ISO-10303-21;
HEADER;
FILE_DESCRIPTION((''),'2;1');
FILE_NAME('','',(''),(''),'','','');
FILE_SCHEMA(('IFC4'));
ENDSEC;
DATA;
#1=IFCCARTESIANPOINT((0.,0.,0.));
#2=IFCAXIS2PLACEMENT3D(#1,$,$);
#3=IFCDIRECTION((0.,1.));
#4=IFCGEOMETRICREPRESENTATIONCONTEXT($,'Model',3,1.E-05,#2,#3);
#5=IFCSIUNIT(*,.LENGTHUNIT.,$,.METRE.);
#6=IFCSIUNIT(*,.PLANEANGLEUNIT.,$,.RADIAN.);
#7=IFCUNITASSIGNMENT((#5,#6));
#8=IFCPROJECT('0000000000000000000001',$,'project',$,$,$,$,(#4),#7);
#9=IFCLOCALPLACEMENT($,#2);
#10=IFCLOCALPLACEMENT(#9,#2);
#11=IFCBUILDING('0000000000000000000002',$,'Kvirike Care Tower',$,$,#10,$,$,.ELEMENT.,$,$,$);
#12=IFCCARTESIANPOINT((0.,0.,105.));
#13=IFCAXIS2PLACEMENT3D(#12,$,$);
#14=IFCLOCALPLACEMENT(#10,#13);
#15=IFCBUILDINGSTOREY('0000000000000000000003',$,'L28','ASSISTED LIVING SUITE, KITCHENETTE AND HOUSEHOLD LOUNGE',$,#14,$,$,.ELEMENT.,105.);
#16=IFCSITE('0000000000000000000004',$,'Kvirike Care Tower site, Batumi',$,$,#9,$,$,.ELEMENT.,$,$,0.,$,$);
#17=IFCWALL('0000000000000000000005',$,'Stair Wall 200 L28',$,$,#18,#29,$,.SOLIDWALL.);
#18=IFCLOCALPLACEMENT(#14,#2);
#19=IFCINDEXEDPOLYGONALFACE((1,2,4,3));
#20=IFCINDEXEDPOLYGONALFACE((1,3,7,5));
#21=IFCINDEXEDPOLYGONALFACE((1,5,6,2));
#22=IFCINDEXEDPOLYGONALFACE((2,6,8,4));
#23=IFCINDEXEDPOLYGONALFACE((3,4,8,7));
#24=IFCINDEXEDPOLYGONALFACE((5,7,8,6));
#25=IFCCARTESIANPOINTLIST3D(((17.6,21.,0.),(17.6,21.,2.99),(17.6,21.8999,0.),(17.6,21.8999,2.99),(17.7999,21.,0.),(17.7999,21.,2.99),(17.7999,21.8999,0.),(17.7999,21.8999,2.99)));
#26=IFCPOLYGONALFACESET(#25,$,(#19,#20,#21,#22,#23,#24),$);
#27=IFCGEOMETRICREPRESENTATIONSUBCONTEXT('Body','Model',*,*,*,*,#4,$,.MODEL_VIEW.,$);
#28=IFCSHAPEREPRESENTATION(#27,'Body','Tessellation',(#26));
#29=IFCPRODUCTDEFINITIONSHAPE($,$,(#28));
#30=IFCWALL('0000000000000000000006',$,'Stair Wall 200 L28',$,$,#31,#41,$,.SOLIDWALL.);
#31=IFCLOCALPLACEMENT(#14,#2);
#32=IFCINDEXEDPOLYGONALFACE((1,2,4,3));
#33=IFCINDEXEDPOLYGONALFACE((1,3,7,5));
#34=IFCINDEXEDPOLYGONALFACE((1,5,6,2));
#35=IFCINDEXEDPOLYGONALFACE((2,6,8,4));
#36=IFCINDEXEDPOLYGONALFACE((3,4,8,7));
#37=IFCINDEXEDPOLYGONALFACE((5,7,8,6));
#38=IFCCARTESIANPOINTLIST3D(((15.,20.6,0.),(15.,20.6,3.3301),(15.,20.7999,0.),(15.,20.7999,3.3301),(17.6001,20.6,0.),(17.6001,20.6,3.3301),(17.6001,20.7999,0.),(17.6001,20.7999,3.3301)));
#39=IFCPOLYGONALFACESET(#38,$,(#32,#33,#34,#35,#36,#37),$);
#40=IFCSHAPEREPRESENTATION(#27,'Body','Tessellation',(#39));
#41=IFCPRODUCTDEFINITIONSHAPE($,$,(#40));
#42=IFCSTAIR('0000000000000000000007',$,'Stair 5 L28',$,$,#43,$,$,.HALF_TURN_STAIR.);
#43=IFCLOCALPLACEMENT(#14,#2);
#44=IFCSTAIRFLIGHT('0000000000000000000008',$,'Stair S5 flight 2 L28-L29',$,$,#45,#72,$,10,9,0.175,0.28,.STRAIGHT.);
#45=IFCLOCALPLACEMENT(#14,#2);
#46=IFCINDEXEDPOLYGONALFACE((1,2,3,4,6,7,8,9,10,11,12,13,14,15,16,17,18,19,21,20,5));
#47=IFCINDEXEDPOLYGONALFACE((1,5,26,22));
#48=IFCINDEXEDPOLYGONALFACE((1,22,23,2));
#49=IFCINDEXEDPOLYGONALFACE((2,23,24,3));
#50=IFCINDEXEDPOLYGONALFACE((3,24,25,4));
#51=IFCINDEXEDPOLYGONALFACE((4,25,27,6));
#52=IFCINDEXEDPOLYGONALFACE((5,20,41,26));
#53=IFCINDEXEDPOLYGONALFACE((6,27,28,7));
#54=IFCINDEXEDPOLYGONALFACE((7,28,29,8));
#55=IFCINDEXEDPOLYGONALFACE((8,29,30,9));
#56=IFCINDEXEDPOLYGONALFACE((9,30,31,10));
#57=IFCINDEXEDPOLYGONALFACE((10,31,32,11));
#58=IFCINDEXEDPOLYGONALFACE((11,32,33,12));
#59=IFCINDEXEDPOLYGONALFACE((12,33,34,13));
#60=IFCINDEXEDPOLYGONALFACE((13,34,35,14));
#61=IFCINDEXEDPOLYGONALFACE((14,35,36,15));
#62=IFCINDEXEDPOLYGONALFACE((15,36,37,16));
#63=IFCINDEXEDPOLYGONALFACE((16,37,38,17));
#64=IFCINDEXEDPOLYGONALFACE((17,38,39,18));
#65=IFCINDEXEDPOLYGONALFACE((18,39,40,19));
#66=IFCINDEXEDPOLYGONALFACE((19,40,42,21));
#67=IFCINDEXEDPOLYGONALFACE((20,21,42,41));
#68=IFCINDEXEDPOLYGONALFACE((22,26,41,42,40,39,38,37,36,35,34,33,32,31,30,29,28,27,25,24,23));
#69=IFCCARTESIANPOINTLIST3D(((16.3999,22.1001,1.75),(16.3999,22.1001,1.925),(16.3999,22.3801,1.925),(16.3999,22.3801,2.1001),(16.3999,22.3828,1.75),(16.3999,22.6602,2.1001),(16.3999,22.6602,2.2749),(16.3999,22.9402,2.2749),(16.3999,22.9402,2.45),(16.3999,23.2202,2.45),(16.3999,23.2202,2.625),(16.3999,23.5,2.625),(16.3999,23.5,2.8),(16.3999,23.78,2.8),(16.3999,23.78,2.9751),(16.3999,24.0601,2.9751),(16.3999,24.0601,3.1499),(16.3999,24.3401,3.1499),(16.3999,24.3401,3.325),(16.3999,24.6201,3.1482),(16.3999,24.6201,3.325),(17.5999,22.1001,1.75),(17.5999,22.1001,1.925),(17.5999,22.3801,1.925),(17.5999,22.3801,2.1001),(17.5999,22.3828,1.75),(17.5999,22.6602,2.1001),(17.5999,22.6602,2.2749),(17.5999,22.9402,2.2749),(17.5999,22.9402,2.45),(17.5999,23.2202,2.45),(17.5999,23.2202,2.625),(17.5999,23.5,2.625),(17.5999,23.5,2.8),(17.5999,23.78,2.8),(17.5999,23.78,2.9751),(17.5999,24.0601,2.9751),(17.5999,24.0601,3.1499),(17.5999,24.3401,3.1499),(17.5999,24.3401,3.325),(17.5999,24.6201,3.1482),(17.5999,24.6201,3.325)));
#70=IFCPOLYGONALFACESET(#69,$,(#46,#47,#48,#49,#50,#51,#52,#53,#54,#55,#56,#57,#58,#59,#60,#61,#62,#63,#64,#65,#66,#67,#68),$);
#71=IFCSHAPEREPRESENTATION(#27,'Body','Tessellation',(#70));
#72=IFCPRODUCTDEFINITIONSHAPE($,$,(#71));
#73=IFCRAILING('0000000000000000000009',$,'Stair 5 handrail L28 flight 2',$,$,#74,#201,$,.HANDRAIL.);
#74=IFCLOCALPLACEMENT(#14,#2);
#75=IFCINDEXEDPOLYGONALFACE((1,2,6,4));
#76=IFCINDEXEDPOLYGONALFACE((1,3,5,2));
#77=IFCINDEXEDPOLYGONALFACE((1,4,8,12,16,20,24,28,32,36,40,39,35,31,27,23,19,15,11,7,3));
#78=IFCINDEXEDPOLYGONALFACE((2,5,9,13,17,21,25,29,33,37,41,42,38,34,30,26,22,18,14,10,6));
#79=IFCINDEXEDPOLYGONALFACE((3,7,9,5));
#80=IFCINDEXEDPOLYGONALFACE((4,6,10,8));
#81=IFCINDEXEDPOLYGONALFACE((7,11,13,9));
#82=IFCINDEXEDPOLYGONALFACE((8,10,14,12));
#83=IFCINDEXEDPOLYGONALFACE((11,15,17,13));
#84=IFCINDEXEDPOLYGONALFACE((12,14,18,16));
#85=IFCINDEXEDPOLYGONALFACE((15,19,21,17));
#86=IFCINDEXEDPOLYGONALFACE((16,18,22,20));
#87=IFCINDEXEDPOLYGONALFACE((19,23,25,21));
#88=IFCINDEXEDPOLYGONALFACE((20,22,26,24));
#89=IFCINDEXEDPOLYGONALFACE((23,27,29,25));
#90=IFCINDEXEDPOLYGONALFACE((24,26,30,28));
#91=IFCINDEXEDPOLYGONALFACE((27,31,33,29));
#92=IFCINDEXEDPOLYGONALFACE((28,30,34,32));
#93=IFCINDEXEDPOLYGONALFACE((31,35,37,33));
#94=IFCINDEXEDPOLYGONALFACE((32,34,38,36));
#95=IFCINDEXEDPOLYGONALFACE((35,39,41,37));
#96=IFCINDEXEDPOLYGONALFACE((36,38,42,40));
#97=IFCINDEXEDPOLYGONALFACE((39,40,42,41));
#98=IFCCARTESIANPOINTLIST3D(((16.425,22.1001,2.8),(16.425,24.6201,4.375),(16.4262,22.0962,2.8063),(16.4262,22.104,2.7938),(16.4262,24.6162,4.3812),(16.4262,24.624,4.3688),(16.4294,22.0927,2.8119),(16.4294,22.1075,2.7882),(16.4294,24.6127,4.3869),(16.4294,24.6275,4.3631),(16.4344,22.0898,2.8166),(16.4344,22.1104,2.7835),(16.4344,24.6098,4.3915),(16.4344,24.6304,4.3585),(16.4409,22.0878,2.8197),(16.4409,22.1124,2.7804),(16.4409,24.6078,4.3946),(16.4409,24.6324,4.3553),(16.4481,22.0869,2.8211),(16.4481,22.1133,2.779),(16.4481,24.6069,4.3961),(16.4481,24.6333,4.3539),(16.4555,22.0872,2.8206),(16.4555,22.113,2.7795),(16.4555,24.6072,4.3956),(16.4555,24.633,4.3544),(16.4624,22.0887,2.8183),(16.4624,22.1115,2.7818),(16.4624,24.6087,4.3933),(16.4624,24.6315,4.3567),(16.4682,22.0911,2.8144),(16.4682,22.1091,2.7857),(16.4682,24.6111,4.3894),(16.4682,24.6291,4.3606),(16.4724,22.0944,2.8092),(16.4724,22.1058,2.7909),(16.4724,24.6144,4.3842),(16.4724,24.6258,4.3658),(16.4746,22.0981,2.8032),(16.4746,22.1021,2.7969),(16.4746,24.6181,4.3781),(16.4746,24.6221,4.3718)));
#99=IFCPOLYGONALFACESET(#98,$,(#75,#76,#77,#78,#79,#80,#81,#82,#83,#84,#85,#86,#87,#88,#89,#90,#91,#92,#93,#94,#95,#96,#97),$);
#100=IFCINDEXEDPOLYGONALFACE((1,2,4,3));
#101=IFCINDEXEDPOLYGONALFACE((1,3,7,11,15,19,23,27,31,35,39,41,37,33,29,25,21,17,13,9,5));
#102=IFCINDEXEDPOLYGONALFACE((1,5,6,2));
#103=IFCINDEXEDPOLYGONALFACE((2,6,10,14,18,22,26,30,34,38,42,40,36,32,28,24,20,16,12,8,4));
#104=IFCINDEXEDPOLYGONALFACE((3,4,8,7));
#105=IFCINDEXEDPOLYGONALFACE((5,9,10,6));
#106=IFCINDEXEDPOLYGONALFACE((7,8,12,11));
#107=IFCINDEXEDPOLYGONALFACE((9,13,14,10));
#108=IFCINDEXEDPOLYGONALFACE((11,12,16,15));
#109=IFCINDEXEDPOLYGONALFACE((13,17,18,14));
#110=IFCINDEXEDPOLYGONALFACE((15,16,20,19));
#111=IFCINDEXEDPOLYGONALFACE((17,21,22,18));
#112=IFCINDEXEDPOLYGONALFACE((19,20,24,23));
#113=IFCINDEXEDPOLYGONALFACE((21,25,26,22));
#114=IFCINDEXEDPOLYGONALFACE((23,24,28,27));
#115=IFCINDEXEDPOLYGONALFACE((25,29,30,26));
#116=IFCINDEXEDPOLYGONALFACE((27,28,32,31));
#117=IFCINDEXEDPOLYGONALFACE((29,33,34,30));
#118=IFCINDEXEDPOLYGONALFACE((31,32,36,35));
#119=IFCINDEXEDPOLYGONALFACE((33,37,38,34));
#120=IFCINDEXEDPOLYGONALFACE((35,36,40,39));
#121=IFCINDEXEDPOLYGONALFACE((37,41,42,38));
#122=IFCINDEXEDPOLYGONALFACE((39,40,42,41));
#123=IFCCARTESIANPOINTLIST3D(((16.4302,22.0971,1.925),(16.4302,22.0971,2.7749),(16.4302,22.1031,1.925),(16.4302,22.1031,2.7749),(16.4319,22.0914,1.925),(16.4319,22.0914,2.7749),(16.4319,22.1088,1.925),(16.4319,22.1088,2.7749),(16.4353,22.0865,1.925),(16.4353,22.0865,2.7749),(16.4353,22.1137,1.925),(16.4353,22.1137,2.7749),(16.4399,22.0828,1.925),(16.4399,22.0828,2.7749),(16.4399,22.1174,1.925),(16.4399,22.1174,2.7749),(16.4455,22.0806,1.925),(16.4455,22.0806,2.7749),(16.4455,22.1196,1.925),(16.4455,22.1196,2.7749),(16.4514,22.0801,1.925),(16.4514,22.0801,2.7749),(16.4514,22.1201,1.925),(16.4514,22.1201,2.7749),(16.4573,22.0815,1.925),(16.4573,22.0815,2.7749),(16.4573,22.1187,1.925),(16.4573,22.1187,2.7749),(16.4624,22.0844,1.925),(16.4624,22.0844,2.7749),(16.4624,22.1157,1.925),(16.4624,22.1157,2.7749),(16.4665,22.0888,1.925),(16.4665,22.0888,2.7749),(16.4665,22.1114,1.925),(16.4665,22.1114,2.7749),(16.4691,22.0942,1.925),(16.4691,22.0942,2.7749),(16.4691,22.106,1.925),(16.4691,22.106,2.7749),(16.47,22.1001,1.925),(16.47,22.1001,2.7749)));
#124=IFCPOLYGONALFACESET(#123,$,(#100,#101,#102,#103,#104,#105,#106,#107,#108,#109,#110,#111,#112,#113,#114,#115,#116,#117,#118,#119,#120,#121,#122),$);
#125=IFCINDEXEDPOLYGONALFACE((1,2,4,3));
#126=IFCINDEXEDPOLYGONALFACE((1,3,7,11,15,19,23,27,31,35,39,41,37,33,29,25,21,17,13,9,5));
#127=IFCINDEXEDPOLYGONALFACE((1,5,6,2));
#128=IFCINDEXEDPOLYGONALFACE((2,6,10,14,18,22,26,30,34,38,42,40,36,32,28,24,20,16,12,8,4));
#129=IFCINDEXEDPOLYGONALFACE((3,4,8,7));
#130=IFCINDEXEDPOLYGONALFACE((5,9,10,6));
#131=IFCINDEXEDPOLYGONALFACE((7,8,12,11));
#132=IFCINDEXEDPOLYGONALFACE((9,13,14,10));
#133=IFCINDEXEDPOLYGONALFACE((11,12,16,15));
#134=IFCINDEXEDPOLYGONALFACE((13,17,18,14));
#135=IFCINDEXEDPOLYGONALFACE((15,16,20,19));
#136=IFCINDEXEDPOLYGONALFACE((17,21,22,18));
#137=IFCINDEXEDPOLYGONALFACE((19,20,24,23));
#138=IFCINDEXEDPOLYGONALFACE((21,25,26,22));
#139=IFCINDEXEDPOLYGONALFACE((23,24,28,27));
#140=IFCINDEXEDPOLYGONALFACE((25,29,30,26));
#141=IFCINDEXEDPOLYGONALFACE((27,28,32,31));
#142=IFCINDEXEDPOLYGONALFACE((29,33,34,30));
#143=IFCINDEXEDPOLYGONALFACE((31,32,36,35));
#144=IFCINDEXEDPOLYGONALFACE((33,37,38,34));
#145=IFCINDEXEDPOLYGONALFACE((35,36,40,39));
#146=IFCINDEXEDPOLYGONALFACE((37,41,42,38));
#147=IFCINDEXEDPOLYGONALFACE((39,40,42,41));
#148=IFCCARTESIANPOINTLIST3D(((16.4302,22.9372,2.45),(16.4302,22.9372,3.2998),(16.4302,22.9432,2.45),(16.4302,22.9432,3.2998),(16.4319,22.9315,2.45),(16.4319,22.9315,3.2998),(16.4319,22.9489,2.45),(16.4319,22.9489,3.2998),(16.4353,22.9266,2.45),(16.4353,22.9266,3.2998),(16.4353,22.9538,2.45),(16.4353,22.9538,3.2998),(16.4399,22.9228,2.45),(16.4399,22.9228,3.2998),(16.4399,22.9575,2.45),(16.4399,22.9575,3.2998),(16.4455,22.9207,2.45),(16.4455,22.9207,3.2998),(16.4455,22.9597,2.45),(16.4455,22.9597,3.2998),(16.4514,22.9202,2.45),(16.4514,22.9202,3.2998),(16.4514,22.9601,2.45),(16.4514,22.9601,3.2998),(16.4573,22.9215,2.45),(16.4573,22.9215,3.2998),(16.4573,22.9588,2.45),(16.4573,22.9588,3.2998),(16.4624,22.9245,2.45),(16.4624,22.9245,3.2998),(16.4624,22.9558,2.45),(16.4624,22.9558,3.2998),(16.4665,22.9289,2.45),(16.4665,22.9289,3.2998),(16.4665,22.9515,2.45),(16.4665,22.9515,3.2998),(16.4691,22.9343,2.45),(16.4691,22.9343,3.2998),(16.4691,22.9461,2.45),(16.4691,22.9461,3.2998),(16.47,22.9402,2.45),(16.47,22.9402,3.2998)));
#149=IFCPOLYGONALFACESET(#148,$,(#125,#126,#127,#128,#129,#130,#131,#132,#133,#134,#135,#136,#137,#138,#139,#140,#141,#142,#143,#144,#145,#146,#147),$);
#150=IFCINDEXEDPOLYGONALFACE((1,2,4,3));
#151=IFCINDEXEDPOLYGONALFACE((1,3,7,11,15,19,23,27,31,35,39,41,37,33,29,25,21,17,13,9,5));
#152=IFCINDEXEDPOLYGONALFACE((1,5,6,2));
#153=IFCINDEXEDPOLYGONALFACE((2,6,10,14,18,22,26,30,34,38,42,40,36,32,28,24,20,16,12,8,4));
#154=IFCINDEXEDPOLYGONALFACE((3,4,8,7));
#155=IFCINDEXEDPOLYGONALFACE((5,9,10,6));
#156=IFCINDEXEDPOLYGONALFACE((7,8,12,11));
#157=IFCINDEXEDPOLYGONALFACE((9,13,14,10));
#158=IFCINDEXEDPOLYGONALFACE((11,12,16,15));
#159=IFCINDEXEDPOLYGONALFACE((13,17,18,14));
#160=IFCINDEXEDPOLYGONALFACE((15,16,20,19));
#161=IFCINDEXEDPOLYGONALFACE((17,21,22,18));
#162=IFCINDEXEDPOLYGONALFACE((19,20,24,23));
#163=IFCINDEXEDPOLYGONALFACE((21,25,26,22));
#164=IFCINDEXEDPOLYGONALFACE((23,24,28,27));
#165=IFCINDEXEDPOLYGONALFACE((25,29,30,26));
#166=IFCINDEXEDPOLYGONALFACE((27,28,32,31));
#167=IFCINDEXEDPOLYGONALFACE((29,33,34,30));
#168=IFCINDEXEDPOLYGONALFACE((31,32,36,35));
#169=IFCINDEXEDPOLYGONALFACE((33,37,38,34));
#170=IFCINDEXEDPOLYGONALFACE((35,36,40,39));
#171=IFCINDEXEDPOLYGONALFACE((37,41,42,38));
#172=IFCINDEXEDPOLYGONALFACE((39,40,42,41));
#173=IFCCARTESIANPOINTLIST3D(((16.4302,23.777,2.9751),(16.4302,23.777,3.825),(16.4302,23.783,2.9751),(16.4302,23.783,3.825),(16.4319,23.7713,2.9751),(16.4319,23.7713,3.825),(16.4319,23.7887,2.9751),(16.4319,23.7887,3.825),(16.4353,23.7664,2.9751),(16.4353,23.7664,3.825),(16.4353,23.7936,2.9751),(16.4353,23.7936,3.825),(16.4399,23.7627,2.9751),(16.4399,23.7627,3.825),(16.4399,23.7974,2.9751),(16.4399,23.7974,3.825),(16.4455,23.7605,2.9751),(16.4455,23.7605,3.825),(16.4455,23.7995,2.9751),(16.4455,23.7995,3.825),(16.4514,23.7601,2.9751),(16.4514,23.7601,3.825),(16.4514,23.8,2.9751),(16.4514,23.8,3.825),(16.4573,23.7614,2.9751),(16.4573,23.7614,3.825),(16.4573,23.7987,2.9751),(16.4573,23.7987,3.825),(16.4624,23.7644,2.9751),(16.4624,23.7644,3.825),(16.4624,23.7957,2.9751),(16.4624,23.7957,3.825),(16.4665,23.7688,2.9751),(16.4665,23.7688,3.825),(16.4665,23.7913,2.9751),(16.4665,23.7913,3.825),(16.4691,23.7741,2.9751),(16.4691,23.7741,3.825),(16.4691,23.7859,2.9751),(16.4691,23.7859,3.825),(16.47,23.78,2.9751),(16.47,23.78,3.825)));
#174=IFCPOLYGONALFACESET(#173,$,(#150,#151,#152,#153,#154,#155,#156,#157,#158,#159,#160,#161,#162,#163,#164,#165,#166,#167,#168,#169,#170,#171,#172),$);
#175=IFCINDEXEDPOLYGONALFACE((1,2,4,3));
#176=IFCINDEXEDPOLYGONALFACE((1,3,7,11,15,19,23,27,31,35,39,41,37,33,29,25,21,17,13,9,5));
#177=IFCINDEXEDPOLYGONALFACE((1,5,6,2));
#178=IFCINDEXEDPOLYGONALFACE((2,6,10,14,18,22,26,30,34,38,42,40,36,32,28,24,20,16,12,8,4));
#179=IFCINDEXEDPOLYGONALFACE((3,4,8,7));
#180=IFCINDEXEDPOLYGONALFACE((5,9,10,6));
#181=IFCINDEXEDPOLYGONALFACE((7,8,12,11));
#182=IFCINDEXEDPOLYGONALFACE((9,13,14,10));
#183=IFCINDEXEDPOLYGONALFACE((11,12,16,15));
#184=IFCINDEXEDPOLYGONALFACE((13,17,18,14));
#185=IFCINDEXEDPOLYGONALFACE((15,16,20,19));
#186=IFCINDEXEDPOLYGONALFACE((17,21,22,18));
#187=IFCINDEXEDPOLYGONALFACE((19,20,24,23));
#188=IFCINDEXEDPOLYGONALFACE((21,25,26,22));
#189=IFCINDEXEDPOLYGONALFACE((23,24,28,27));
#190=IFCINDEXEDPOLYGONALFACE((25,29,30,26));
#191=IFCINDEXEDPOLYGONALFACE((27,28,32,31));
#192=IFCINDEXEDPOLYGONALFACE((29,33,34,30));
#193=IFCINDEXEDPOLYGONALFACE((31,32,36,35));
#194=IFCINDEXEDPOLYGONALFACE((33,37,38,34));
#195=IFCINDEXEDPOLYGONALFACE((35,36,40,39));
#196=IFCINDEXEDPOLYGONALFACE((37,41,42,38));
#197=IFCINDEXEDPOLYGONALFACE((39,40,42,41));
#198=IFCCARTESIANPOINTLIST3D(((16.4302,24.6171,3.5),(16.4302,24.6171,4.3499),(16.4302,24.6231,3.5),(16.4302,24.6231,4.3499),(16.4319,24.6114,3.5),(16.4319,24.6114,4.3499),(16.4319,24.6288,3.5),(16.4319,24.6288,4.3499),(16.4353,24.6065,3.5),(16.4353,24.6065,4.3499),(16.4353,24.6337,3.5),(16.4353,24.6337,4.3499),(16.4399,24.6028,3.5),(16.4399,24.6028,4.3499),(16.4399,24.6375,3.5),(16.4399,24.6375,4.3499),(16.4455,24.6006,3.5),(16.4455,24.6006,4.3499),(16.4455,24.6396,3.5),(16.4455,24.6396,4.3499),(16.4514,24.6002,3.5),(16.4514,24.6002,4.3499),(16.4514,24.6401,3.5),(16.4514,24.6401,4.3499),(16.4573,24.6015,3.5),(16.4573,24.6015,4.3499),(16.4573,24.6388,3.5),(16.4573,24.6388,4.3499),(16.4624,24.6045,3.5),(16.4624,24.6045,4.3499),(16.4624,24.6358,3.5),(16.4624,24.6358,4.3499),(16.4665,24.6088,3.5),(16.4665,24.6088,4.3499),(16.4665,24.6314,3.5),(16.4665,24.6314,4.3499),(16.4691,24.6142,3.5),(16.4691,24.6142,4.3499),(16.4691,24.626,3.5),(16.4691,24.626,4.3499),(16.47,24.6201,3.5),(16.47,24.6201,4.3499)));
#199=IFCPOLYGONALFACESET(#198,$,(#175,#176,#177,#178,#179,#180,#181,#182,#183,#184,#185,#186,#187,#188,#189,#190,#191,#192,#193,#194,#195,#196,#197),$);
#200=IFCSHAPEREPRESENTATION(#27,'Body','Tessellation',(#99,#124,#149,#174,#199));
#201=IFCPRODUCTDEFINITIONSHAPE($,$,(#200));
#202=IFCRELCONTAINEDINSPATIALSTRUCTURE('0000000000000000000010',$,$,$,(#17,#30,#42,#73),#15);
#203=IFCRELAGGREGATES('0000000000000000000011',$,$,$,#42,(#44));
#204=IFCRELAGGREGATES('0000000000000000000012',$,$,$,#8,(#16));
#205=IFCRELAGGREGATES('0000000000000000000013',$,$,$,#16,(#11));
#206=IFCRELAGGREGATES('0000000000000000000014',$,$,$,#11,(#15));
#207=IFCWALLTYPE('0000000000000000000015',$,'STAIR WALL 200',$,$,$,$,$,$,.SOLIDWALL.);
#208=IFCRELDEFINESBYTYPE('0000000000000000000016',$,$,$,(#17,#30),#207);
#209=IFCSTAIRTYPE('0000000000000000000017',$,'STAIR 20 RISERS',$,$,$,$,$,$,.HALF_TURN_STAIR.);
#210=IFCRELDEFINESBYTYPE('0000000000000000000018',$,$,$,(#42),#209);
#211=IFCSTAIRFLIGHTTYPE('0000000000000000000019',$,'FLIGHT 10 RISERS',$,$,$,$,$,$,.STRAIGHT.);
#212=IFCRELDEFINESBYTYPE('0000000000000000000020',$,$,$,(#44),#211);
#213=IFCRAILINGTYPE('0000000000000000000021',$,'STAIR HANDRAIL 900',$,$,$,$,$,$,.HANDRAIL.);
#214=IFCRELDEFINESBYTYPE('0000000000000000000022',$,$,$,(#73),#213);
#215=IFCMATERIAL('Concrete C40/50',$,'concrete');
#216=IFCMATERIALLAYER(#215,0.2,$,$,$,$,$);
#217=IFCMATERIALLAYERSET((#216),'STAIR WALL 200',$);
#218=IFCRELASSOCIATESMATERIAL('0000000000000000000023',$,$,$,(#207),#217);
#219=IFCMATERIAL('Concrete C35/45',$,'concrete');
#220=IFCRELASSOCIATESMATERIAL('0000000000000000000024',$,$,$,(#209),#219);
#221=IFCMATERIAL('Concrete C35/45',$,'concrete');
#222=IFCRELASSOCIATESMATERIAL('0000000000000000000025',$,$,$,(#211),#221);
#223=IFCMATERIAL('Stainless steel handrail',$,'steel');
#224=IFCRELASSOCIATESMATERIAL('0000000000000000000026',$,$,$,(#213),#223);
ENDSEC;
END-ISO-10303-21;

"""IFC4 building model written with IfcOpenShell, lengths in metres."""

from ifc_helpers import new_model, si_unit, direction, frame, frame_2d, origin, origin_2d, place, context, subcontext, project, spatial, polyline, rectangle, circle, outline, extrude, material, layer, layer_set, type_object, element, aggregate, save


model = new_model("IFC4")

# Units and contexts
model_context = context("Model", 3, precision=1e-05, world=origin(), true_north=direction((0.0, 1.0)))
body_context = subcontext(model_context, "Body", "Model", "MODEL_VIEW")
ifc_project = project(units=[si_unit("LENGTHUNIT", "METRE"), si_unit("PLANEANGLEUNIT", "RADIAN")], contexts=[model_context])

# Site, building, storey
site_placement = place(None, origin())
site = spatial("IfcSite", under=ifc_project, at=site_placement, Name="Kvirike Care Tower site, Batumi", CompositionType="ELEMENT", RefElevation=0.0)
building_placement = place(site_placement, origin())
building = spatial("IfcBuilding", under=site, at=building_placement, Name="Kvirike Care Tower", CompositionType="ELEMENT")
storey_placement = place(building_placement, frame((0.0, 0.0, 105.0)))
storey = spatial("IfcBuildingStorey", under=building, at=storey_placement, Name="L28", Description="ASSISTED LIVING SUITE, KITCHENETTE AND HOUSEHOLD LOUNGE", CompositionType="ELEMENT", Elevation=105.0)

# Walls
ifc_material_1 = material(Name="Concrete C40/50", Category="concrete")
ifc_layer_1 = layer(ifc_material_1, 0.2)
ifc_layer_set_1 = layer_set([ifc_layer_1], Name="STAIR WALL 200")
wall_type_1 = type_object("IfcWallType", Name="STAIR WALL 200", PredefinedType="SOLIDWALL", material=ifc_layer_set_1)
wall_1_placement = place(storey_placement, frame((17.7, 21.0, 0.0), z_axis=(0.0, 0.0, 1.0), x_axis=(0.0, 1.0, 0.0)))
element("IfcWall", 1, at=wall_1_placement, inside=storey, type_object=wall_type_1, Name="Stair Wall 200 L28", PredefinedType="SOLIDWALL", context=body_context, shape_type="SweptSolid", body=[
    extrude(rectangle(XDim=0.8999, YDim=0.2, at=frame_2d((0.45, 0.0))), origin(), (0.0, 0.0, 1.0), 2.99),
])
wall_2_placement = place(storey_placement, frame((15.0, 20.7, 0.0), z_axis=(0.0, 0.0, 1.0), x_axis=(1.0, 0.0, 0.0)))
element("IfcWall", 2, at=wall_2_placement, inside=storey, type_object=wall_type_1, Name="Stair Wall 200 L28", PredefinedType="SOLIDWALL", context=body_context, shape_type="SweptSolid", body=[
    extrude(rectangle(XDim=2.6001, YDim=0.2, at=frame_2d((1.3, 0.0))), origin(), (0.0, 0.0, 1.0), 3.3301),
])

# Stair, stair flight
ifc_material_2 = material(Name="Concrete C35/45", Category="concrete")
stair_type = type_object("IfcStairType", Name="STAIR 20 RISERS", PredefinedType="HALF_TURN_STAIR", material=ifc_material_2)
stair_placement = place(storey_placement, origin())
stair = element("IfcStair", 3, at=stair_placement, inside=storey, type_object=stair_type, Name="Stair 5 L28", PredefinedType="HALF_TURN_STAIR")
ifc_material_3 = material(Name="Concrete C35/45", Category="concrete")
stair_flight_type = type_object("IfcStairFlightType", Name="FLIGHT 10 RISERS", PredefinedType="STRAIGHT", material=ifc_material_3)
stair_flight_placement = place(storey_placement, frame((17.0, 22.1001, 1.75), z_axis=(0.0, 0.0, 1.0), x_axis=(0.0, 1.0, 0.0)))
stair_flight = element("IfcStairFlight", 4, at=stair_flight_placement, type_object=stair_flight_type, Name="Stair S5 flight 2 L28-L29", NumberOfRisers=10, NumberOfTreads=9, PredefinedType="STRAIGHT", RiserHeight=0.175, TreadLength=0.28, context=body_context, shape_type="SweptSolid", body=[
    extrude(outline(polyline([(0.0, 0.0), (0.0, 0.175), (0.28, 0.175), (0.28, 0.3501), (0.5601, 0.3501), (0.5601, 0.5249), (0.8401, 0.5249), (0.8401, 0.7), (1.1201, 0.7), (1.1201, 0.875), (1.3999, 0.875), (1.3999, 1.05), (1.6799, 1.05), (1.6799, 1.2251), (1.96, 1.2251), (1.96, 1.3999), (2.24, 1.3999), (2.24, 1.575), (2.52, 1.575), (2.52, 1.75), (2.52, 1.3982), (0.2827, 0.0), (0.0, 0.0)])), frame((0.0, 0.6001, 0.0), z_axis=(0.0, -1.0, 0.0), x_axis=(1.0, 0.0, 0.0)), (0.0, 0.0, 1.0), 1.2),
])
aggregate(stair, [stair_flight])

# Railing
ifc_material_4 = material(Name="Stainless steel handrail", Category="steel")
railing_type = type_object("IfcRailingType", Name="STAIR HANDRAIL 900", PredefinedType="HANDRAIL", material=ifc_material_4)
railing_placement = place(storey_placement, frame((16.45, 22.1001, 1.925)))
element("IfcRailing", 5, at=railing_placement, inside=storey, type_object=railing_type, Name="Stair 5 handrail L28 flight 2", PredefinedType="HANDRAIL", context=body_context, shape_type="SweptSolid", body=[
    extrude(circle(Radius=0.0249, at=origin_2d()), frame((0.0, 0.0, 0.875), z_axis=(0.0, 0.848008, 0.529984), x_axis=(-1.0, 0.0, 0.0)), (0.0, 0.0, 1.0), 2.9717),
    extrude(circle(Radius=0.02, at=origin_2d()), origin(), (0.0, 0.0, 1.0), 0.8499),
    extrude(circle(Radius=0.02, at=origin_2d()), frame((0.0, 0.8401, 0.5249)), (0.0, 0.0, 1.0), 0.8499),
    extrude(circle(Radius=0.02, at=origin_2d()), frame((0.0, 1.6799, 1.05)), (0.0, 0.0, 1.0), 0.8499),
    extrude(circle(Radius=0.02, at=origin_2d()), frame((0.0, 2.52, 1.575)), (0.0, 0.0, 1.0), 0.8499),
])

save(model, "model.ifc")
